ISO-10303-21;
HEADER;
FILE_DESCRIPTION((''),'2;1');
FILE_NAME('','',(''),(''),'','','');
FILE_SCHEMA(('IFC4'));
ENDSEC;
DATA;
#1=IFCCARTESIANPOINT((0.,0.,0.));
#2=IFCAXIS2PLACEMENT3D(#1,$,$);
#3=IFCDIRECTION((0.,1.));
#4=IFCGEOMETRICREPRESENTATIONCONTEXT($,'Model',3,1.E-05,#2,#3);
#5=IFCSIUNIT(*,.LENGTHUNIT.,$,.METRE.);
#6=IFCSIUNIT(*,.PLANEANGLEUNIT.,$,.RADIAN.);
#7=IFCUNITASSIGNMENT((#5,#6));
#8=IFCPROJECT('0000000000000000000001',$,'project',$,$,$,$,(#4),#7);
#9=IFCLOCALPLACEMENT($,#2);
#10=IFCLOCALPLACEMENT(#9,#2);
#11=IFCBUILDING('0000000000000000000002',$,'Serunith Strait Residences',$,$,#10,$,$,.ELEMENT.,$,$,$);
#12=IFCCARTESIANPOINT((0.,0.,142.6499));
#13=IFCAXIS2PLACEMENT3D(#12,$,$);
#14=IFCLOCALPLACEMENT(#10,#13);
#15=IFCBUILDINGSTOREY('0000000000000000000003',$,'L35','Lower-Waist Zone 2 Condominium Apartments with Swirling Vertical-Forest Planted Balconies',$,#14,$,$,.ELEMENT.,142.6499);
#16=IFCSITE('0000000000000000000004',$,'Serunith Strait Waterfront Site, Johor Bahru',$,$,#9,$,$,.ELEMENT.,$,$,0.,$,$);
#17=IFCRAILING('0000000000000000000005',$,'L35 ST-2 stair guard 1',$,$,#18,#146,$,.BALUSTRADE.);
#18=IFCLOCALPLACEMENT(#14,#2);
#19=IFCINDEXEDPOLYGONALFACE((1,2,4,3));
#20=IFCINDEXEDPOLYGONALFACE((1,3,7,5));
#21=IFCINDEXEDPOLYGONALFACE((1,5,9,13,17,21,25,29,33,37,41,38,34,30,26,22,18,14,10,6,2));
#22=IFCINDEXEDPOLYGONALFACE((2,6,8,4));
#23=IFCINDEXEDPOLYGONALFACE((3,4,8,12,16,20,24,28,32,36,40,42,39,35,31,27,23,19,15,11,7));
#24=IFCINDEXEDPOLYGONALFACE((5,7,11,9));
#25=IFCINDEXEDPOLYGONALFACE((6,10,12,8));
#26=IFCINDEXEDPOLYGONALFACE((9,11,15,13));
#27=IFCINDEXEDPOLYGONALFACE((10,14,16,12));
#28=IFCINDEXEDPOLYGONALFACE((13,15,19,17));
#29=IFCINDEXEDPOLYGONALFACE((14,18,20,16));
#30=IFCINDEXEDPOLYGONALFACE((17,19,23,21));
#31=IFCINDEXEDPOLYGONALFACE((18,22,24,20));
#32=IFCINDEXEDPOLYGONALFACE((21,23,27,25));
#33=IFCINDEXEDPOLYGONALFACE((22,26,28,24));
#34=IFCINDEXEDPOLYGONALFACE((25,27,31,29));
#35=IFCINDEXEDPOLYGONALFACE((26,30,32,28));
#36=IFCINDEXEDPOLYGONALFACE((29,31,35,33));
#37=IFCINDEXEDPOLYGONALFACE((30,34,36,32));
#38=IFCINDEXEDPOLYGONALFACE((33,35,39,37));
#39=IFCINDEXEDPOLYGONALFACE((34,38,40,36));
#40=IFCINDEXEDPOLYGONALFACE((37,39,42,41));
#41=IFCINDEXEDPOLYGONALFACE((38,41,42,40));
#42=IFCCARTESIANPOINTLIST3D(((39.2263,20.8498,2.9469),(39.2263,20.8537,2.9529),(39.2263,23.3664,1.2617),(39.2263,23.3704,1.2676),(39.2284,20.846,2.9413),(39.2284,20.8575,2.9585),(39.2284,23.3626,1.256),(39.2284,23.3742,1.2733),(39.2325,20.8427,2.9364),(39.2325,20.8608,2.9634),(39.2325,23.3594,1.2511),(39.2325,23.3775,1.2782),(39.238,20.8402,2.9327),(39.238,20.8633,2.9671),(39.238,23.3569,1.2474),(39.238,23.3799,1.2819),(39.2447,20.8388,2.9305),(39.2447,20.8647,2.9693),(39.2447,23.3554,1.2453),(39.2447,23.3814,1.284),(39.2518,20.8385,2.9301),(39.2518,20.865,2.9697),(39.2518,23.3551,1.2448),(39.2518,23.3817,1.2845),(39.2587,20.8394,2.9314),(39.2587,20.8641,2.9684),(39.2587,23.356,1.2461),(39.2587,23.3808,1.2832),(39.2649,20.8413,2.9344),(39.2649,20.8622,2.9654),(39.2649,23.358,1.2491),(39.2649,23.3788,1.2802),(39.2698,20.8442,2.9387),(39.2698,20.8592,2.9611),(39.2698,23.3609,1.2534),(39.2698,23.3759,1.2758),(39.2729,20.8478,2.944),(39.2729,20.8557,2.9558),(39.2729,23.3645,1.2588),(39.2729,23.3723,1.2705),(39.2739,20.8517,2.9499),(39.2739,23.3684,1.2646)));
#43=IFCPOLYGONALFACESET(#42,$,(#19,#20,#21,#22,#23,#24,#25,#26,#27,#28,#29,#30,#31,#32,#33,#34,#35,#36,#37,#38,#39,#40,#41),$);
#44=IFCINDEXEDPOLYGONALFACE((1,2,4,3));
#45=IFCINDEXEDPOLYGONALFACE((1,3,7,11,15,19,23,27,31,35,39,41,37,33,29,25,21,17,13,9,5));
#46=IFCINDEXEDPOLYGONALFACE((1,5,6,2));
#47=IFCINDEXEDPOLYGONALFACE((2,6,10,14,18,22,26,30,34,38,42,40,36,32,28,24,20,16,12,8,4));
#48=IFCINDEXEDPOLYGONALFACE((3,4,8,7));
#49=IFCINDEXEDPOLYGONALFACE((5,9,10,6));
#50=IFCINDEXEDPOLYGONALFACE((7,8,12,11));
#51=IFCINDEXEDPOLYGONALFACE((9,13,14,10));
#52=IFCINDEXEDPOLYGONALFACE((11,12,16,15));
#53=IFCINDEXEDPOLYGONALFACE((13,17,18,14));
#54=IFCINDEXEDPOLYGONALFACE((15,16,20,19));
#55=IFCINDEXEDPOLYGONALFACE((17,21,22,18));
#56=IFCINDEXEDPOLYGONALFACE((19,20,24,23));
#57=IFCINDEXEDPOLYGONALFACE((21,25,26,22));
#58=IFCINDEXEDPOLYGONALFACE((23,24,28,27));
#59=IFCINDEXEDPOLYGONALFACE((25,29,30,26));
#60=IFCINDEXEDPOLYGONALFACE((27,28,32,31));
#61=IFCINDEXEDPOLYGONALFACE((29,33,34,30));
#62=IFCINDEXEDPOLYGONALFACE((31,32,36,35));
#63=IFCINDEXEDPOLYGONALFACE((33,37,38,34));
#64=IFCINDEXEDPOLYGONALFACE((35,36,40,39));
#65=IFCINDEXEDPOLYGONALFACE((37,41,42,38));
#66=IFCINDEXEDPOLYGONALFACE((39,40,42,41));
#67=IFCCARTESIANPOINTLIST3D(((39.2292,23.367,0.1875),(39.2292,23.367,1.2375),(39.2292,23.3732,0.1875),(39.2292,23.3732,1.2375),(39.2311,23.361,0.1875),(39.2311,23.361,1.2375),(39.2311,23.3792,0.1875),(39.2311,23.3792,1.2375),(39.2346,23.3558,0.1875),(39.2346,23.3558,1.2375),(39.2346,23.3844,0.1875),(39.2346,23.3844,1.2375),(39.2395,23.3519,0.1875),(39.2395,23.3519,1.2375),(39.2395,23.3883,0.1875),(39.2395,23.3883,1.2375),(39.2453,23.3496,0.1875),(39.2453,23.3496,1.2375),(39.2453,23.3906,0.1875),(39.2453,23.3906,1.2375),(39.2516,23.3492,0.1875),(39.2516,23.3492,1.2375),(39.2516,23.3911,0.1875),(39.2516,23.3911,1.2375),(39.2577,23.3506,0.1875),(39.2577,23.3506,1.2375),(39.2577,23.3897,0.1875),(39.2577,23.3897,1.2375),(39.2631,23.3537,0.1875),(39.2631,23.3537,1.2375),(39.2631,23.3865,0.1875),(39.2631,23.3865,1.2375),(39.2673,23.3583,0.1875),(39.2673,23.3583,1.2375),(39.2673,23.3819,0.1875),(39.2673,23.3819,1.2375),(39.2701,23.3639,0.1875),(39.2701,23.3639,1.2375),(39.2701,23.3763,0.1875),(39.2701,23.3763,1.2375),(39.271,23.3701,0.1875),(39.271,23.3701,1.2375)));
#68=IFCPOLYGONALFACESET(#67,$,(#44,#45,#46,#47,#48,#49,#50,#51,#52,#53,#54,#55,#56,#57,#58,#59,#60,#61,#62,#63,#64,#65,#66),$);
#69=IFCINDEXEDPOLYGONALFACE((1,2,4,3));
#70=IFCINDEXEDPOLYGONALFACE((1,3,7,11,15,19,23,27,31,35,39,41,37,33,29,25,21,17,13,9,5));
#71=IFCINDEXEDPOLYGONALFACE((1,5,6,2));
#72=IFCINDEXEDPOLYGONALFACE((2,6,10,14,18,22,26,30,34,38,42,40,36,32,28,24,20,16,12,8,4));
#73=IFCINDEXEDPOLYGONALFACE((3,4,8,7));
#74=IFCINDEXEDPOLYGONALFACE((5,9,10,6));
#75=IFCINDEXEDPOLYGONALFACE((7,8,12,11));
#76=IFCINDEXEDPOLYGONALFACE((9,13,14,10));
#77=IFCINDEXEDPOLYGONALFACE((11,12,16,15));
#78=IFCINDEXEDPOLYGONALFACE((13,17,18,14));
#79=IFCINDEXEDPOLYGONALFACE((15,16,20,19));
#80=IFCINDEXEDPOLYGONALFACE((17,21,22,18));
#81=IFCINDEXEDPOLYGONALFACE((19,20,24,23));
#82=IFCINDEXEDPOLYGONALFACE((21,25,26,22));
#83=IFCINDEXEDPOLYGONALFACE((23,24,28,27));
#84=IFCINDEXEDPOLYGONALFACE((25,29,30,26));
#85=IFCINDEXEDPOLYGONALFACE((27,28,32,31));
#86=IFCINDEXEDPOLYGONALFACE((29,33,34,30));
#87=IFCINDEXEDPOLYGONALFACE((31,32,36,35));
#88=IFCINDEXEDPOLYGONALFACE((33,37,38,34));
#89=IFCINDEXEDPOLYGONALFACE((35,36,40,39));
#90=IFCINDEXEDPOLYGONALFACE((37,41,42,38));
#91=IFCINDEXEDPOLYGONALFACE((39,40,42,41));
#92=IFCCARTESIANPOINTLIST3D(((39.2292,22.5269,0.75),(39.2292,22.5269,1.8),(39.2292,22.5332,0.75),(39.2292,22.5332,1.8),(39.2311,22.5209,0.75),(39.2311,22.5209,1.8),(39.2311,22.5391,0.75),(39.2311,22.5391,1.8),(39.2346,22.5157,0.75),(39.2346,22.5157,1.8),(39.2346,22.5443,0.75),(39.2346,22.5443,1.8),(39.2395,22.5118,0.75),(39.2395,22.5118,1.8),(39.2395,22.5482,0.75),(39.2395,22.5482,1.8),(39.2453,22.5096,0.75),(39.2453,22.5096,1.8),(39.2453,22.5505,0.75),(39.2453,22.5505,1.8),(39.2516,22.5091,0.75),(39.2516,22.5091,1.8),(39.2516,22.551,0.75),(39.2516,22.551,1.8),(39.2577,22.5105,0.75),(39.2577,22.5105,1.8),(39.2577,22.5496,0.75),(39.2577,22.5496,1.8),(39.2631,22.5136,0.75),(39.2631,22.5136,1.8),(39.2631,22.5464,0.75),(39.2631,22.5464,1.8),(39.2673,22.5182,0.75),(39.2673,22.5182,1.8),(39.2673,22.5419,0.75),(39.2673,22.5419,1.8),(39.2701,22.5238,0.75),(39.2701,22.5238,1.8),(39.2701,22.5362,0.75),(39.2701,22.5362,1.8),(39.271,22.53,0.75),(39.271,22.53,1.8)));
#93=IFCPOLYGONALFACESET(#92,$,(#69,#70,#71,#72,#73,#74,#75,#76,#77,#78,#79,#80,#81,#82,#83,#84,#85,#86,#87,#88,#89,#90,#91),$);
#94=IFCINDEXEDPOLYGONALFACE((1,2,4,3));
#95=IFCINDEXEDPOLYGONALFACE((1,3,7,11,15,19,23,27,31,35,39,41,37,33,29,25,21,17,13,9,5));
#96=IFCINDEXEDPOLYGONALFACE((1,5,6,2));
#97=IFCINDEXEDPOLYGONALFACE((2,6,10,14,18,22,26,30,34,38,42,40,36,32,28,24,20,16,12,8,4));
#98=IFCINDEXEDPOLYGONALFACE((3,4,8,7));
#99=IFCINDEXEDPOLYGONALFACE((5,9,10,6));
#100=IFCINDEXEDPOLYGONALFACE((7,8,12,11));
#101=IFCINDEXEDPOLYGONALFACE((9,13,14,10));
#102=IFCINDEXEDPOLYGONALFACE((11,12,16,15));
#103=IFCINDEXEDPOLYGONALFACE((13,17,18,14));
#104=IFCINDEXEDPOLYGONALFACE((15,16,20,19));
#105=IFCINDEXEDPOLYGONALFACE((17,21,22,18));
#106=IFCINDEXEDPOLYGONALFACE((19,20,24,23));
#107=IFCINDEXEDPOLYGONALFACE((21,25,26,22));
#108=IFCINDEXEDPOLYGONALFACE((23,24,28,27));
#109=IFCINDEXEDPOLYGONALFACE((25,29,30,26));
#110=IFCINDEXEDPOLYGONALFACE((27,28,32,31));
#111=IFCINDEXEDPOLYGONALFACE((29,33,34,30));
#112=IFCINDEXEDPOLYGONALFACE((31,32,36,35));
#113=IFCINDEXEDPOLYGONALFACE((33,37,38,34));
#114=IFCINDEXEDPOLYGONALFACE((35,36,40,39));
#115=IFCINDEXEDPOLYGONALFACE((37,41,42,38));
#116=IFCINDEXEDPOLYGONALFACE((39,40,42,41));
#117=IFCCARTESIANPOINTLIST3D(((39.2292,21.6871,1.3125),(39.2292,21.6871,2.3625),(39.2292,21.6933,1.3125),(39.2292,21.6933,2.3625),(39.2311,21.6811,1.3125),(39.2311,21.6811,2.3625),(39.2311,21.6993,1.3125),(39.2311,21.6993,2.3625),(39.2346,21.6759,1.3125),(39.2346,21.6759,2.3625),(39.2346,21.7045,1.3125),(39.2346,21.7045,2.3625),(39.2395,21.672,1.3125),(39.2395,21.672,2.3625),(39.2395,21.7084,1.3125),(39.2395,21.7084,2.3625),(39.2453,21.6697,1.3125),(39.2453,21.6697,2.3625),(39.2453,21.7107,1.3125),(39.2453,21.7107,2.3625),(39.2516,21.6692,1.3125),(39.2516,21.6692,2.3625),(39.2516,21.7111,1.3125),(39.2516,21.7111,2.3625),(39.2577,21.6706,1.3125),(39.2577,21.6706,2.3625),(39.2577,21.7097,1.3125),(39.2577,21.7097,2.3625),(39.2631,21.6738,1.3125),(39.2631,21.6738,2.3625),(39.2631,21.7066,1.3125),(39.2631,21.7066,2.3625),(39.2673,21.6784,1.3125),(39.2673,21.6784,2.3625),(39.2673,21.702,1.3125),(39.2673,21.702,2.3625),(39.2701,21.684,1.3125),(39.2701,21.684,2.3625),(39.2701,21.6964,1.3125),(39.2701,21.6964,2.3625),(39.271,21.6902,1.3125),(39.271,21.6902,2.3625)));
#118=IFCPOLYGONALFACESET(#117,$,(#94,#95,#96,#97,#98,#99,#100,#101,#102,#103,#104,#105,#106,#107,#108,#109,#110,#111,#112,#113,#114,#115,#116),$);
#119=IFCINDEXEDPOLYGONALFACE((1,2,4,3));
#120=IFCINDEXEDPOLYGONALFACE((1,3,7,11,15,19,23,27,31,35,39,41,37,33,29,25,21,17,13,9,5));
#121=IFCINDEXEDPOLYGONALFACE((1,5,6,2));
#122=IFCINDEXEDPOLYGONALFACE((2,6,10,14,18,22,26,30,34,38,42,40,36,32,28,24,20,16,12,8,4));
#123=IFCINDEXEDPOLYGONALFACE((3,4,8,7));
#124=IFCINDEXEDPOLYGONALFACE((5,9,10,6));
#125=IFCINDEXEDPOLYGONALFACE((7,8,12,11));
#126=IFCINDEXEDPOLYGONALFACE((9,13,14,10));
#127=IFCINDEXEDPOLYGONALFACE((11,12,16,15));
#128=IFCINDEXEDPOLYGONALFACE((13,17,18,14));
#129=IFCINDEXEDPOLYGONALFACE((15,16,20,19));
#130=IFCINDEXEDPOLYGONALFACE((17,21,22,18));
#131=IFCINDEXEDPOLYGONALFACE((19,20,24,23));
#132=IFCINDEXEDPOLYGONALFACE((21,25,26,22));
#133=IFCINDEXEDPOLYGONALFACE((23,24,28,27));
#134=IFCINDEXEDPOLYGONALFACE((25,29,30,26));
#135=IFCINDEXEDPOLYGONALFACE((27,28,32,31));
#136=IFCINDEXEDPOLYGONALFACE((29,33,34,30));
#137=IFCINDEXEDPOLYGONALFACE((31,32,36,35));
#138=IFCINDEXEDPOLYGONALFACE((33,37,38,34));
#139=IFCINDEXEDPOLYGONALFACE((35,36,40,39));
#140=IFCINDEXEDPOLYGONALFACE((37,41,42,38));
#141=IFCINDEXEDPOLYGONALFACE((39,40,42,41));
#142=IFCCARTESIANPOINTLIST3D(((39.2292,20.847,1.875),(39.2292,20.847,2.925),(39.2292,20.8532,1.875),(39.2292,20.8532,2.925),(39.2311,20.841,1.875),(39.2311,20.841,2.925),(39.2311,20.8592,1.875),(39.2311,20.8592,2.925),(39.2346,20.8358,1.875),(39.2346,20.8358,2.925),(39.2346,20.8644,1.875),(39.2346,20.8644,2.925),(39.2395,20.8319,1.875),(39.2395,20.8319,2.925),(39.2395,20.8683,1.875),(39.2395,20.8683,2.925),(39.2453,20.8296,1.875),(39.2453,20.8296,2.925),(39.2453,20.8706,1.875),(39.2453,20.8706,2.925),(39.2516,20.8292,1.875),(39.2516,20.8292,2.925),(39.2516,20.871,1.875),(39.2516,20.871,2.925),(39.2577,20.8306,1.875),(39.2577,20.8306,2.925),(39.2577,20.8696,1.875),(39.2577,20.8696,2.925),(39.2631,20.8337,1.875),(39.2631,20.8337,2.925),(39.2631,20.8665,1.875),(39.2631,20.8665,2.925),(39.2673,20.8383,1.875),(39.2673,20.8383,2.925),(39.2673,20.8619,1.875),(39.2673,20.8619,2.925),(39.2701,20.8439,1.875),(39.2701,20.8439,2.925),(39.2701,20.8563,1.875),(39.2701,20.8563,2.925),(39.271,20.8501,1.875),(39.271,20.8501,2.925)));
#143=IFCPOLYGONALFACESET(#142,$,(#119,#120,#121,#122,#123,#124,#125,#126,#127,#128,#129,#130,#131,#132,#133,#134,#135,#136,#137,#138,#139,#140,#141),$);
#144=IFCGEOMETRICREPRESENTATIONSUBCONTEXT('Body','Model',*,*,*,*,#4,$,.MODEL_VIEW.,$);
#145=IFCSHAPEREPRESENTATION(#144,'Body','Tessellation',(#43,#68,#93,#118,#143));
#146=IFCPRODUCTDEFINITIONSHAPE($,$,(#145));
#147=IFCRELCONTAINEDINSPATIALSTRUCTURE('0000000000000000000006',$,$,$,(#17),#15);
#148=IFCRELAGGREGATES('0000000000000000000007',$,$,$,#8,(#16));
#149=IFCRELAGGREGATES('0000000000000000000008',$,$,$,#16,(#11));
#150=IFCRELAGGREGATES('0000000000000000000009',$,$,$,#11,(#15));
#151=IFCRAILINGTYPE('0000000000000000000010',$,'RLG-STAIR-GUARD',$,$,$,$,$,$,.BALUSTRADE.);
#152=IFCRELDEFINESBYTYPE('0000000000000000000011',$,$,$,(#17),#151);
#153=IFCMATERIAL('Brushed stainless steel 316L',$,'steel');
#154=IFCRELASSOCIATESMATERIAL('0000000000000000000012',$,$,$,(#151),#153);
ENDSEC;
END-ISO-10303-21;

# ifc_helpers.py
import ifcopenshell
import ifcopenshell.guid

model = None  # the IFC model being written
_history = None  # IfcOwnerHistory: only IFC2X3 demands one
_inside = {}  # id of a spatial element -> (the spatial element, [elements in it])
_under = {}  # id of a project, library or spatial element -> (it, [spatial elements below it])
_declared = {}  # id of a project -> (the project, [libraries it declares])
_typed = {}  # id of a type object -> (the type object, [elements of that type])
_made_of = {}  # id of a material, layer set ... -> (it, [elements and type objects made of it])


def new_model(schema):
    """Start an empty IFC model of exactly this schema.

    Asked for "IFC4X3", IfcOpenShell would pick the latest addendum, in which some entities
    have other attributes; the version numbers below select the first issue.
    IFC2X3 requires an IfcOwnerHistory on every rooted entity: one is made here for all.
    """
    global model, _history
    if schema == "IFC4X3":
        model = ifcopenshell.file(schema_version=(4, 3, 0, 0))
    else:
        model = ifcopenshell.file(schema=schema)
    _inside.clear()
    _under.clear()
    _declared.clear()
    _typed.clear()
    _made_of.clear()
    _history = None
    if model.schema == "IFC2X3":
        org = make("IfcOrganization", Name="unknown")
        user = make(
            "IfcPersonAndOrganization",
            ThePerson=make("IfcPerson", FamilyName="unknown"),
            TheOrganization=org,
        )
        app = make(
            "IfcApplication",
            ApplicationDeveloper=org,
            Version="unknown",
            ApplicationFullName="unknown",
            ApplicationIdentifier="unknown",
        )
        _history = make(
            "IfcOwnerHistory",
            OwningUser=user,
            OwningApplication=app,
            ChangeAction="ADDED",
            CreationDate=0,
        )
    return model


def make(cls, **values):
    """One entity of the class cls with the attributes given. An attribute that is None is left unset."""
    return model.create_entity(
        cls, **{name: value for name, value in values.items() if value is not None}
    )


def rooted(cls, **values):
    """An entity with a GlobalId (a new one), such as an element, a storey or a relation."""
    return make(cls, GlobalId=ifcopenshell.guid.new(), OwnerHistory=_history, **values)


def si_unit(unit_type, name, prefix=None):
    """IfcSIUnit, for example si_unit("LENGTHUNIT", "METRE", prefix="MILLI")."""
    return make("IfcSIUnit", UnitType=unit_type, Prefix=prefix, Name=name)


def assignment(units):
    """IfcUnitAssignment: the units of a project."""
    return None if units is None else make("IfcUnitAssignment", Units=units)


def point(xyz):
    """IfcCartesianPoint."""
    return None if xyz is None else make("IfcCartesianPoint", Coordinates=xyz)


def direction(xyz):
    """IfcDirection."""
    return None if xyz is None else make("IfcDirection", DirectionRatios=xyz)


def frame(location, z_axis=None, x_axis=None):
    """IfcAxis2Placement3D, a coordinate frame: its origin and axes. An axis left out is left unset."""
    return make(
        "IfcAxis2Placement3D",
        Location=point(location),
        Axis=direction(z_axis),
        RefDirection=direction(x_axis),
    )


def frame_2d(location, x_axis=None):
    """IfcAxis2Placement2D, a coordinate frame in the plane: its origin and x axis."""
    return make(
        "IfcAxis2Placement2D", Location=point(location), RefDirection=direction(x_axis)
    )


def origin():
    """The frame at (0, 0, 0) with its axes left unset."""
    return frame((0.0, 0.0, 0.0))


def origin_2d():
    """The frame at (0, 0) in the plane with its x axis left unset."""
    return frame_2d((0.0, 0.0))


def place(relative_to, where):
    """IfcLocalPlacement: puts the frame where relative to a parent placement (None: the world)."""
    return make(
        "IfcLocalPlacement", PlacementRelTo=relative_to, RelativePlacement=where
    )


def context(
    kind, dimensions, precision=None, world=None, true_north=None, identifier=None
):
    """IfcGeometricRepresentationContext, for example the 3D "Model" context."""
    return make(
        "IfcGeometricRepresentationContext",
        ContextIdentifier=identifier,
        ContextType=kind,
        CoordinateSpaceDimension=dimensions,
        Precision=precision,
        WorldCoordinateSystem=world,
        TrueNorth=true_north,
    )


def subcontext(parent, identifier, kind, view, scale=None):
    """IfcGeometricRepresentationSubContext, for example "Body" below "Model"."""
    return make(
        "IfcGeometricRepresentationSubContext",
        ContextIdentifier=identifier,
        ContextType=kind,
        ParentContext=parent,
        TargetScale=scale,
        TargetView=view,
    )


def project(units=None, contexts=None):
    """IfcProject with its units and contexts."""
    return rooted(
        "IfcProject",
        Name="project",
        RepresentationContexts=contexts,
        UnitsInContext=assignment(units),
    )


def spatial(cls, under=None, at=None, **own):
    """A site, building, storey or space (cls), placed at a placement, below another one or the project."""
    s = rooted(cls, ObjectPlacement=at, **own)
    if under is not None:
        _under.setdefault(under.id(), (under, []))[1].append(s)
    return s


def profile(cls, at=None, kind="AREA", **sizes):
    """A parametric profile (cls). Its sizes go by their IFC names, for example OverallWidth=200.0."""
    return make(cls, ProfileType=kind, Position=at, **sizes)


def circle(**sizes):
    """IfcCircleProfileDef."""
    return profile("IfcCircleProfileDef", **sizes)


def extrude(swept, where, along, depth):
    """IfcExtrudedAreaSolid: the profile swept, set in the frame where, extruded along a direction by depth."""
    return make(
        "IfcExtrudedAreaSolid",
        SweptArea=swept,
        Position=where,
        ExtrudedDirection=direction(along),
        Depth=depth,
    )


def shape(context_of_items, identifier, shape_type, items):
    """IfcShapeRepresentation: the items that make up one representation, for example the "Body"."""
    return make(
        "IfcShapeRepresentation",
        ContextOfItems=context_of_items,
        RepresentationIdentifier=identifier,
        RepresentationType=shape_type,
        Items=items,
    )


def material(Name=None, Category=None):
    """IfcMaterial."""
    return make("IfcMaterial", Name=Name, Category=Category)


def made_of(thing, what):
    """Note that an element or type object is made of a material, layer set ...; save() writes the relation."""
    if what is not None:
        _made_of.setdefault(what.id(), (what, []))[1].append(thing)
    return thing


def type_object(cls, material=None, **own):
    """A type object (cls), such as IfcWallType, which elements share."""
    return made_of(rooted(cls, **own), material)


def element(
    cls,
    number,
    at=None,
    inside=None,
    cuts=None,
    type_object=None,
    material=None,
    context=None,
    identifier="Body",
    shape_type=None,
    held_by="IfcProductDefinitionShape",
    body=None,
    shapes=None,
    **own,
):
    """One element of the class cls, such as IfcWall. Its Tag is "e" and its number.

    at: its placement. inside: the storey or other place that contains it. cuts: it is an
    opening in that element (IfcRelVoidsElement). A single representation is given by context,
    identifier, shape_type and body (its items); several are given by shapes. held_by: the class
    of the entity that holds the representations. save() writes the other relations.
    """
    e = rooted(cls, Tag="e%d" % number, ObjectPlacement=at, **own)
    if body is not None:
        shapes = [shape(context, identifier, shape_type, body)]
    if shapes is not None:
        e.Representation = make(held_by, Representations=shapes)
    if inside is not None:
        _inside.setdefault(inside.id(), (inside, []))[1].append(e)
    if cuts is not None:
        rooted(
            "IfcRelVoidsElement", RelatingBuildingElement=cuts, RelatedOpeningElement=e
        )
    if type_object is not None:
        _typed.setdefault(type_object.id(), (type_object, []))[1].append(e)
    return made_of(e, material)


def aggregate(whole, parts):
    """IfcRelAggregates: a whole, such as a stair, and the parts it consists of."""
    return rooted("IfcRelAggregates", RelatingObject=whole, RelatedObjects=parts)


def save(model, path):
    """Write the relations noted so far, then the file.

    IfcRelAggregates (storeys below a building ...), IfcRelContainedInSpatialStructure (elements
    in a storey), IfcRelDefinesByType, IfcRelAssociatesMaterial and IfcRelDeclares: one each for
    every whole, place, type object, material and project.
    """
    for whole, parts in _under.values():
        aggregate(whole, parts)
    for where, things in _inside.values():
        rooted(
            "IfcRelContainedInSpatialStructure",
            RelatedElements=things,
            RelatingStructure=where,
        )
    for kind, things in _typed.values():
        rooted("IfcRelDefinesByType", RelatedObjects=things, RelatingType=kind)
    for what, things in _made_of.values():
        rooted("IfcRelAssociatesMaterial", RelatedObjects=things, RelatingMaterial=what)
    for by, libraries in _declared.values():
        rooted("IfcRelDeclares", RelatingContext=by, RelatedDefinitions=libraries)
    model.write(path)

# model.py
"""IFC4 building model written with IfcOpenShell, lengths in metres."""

from ifc_helpers import new_model, si_unit, direction, frame, origin, origin_2d, place, context, subcontext, project, spatial, circle, extrude, material, type_object, element, save


model = new_model("IFC4")

# Units and contexts
model_context = context("Model", 3, precision=1e-05, world=origin(), true_north=direction((0.0, 1.0)))
body_context = subcontext(model_context, "Body", "Model", "MODEL_VIEW")
ifc_project = project(units=[si_unit("LENGTHUNIT", "METRE"), si_unit("PLANEANGLEUNIT", "RADIAN")], contexts=[model_context])

# Site, building, storey
site_placement = place(None, origin())
site = spatial("IfcSite", under=ifc_project, at=site_placement, Name="Serunith Strait Waterfront Site, Johor Bahru", CompositionType="ELEMENT", RefElevation=0.0)
building_placement = place(site_placement, origin())
building = spatial("IfcBuilding", under=site, at=building_placement, Name="Serunith Strait Residences", CompositionType="ELEMENT")
storey_placement = place(building_placement, frame((0.0, 0.0, 142.6499)))
storey = spatial("IfcBuildingStorey", under=building, at=storey_placement, Name="L35", Description="Lower-Waist Zone 2 Condominium Apartments with Swirling Vertical-Forest Planted Balconies", CompositionType="ELEMENT", Elevation=142.6499)

# Railing
ifc_material_1 = material(Name="Brushed stainless steel 316L", Category="steel")
railing_type_1 = type_object("IfcRailingType", Name="RLG-STAIR-GUARD", PredefinedType="BALUSTRADE", material=ifc_material_1)
railing_1_placement = place(storey_placement, frame((39.25, 23.3701, 0.1875)))
element("IfcRailing", 1, at=railing_1_placement, inside=storey, type_object=railing_type_1, Name="L35 ST-2 stair guard 1", PredefinedType="BALUSTRADE", context=body_context, shape_type="SweptSolid", body=[
    extrude(circle(Radius=0.0239, at=origin_2d()), frame((0.0, -0.0017, 1.0771), z_axis=(0.0, -0.830909, 0.556408), x_axis=(1.0, 0.0, 0.0)), (0.0, 0.0, 1.0), 3.0288),
    extrude(circle(Radius=0.021, at=origin_2d()), origin(), (0.0, 0.0, 1.0), 1.05),
    extrude(circle(Radius=0.021, at=origin_2d()), frame((0.0, -0.8401, 0.5625)), (0.0, 0.0, 1.0), 1.05),
    extrude(circle(Radius=0.021, at=origin_2d()), frame((0.0, -1.6799, 1.125)), (0.0, 0.0, 1.0), 1.05),
    extrude(circle(Radius=0.021, at=origin_2d()), frame((0.0, -2.52, 1.6875)), (0.0, 0.0, 1.0), 1.05),
])

save(model, "model.ifc")
